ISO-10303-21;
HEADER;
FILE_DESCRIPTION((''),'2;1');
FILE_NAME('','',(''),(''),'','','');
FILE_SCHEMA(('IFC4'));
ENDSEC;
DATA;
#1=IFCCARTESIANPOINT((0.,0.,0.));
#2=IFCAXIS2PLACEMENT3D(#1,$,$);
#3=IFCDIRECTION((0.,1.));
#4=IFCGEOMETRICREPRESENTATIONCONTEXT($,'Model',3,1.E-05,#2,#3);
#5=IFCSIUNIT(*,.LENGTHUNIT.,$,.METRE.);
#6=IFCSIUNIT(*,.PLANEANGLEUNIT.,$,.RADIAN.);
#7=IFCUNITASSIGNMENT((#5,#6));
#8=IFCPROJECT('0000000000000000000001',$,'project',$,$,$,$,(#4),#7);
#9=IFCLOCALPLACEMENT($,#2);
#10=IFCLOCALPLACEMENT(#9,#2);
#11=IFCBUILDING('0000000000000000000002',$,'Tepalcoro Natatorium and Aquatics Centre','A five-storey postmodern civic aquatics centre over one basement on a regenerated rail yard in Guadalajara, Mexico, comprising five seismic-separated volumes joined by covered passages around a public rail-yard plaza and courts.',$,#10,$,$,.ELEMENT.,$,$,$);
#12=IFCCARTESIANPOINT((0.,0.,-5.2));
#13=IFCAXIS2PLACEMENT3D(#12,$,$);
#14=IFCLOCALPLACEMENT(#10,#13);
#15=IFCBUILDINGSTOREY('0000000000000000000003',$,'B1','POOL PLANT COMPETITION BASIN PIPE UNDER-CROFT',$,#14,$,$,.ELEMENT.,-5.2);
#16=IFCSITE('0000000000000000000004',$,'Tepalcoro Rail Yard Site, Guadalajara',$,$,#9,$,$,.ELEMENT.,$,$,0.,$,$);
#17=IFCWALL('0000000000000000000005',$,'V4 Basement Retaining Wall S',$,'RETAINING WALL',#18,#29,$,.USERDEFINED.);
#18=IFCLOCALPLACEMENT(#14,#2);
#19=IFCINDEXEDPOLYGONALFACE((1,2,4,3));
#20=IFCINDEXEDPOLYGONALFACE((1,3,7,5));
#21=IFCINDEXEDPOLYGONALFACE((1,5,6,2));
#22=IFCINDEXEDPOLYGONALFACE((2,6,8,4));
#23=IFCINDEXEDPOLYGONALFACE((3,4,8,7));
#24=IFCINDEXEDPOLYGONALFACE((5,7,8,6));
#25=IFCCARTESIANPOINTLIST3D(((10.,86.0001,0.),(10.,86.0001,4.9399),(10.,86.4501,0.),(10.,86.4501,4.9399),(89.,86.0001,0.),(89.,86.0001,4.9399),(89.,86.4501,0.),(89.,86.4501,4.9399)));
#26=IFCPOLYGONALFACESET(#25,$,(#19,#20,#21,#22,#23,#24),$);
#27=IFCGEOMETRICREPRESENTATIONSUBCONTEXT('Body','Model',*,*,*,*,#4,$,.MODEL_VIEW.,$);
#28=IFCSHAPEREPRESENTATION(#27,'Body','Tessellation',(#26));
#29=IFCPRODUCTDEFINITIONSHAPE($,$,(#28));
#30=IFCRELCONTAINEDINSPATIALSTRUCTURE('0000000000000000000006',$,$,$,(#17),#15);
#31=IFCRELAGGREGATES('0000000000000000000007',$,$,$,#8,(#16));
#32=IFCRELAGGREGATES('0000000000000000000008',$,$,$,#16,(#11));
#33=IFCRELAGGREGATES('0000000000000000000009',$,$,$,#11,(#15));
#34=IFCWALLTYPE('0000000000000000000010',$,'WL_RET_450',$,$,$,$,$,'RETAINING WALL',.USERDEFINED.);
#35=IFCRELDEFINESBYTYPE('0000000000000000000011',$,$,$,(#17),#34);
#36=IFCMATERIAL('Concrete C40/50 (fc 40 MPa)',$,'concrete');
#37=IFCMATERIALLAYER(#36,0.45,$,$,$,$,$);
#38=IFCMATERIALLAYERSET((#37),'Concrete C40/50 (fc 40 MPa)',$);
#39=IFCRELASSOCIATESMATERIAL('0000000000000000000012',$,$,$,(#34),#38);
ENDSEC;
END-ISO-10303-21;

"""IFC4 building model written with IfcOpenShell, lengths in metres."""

from ifc_helpers import new_model, si_unit, direction, frame, frame_2d, origin, place, context, subcontext, project, spatial, rectangle, extrude, material, layer, layer_set, type_object, element, save


model = new_model("IFC4")

# Units and contexts
model_context = context("Model", 3, precision=1e-05, world=origin(), true_north=direction((0.0, 1.0)))
body_context = subcontext(model_context, "Body", "Model", "MODEL_VIEW")
ifc_project = project(units=[si_unit("LENGTHUNIT", "METRE"), si_unit("PLANEANGLEUNIT", "RADIAN")], contexts=[model_context])

# Site, building, storey
site_placement = place(None, origin())
site = spatial("IfcSite", under=ifc_project, at=site_placement, Name="Tepalcoro Rail Yard Site, Guadalajara", CompositionType="ELEMENT", RefElevation=0.0)
building_placement = place(site_placement, origin())
building = spatial("IfcBuilding", under=site, at=building_placement, Name="Tepalcoro Natatorium and Aquatics Centre", Description="A five-storey postmodern civic aquatics centre over one basement on a regenerated rail yard in Guadalajara, Mexico, comprising five seismic-separated volumes joined by covered passages around a public rail-yard plaza and courts.", CompositionType="ELEMENT")
storey_placement = place(building_placement, frame((0.0, 0.0, -5.2)))
storey = spatial("IfcBuildingStorey", under=building, at=storey_placement, Name="B1", Description="POOL PLANT COMPETITION BASIN PIPE UNDER-CROFT", CompositionType="ELEMENT", Elevation=-5.2)

# Shared definitions
ifc_material = material(Name="Concrete C40/50 (fc 40 MPa)", Category="concrete")

# Wall
ifc_layer = layer(ifc_material, 0.45)
ifc_layer_set = layer_set([ifc_layer], Name="Concrete C40/50 (fc 40 MPa)")
wall_type = type_object("IfcWallType", Name="WL_RET_450", ElementType="RETAINING WALL", PredefinedType="USERDEFINED", material=ifc_layer_set)
wall_placement = place(storey_placement, frame((10.0, 86.2251, 0.0), z_axis=(0.0, 0.0, 1.0), x_axis=(1.0, 0.0, 0.0)))
element("IfcWall", 1, at=wall_placement, inside=storey, type_object=wall_type, Name="V4 Basement Retaining Wall S", ObjectType="RETAINING WALL", PredefinedType="USERDEFINED", context=body_context, shape_type="SweptSolid", body=[
    extrude(rectangle(XDim=79.0, YDim=0.45, at=frame_2d((39.5, 0.0))), origin(), (0.0, 0.0, 1.0), 4.9399),
])

save(model, "model.ifc")
